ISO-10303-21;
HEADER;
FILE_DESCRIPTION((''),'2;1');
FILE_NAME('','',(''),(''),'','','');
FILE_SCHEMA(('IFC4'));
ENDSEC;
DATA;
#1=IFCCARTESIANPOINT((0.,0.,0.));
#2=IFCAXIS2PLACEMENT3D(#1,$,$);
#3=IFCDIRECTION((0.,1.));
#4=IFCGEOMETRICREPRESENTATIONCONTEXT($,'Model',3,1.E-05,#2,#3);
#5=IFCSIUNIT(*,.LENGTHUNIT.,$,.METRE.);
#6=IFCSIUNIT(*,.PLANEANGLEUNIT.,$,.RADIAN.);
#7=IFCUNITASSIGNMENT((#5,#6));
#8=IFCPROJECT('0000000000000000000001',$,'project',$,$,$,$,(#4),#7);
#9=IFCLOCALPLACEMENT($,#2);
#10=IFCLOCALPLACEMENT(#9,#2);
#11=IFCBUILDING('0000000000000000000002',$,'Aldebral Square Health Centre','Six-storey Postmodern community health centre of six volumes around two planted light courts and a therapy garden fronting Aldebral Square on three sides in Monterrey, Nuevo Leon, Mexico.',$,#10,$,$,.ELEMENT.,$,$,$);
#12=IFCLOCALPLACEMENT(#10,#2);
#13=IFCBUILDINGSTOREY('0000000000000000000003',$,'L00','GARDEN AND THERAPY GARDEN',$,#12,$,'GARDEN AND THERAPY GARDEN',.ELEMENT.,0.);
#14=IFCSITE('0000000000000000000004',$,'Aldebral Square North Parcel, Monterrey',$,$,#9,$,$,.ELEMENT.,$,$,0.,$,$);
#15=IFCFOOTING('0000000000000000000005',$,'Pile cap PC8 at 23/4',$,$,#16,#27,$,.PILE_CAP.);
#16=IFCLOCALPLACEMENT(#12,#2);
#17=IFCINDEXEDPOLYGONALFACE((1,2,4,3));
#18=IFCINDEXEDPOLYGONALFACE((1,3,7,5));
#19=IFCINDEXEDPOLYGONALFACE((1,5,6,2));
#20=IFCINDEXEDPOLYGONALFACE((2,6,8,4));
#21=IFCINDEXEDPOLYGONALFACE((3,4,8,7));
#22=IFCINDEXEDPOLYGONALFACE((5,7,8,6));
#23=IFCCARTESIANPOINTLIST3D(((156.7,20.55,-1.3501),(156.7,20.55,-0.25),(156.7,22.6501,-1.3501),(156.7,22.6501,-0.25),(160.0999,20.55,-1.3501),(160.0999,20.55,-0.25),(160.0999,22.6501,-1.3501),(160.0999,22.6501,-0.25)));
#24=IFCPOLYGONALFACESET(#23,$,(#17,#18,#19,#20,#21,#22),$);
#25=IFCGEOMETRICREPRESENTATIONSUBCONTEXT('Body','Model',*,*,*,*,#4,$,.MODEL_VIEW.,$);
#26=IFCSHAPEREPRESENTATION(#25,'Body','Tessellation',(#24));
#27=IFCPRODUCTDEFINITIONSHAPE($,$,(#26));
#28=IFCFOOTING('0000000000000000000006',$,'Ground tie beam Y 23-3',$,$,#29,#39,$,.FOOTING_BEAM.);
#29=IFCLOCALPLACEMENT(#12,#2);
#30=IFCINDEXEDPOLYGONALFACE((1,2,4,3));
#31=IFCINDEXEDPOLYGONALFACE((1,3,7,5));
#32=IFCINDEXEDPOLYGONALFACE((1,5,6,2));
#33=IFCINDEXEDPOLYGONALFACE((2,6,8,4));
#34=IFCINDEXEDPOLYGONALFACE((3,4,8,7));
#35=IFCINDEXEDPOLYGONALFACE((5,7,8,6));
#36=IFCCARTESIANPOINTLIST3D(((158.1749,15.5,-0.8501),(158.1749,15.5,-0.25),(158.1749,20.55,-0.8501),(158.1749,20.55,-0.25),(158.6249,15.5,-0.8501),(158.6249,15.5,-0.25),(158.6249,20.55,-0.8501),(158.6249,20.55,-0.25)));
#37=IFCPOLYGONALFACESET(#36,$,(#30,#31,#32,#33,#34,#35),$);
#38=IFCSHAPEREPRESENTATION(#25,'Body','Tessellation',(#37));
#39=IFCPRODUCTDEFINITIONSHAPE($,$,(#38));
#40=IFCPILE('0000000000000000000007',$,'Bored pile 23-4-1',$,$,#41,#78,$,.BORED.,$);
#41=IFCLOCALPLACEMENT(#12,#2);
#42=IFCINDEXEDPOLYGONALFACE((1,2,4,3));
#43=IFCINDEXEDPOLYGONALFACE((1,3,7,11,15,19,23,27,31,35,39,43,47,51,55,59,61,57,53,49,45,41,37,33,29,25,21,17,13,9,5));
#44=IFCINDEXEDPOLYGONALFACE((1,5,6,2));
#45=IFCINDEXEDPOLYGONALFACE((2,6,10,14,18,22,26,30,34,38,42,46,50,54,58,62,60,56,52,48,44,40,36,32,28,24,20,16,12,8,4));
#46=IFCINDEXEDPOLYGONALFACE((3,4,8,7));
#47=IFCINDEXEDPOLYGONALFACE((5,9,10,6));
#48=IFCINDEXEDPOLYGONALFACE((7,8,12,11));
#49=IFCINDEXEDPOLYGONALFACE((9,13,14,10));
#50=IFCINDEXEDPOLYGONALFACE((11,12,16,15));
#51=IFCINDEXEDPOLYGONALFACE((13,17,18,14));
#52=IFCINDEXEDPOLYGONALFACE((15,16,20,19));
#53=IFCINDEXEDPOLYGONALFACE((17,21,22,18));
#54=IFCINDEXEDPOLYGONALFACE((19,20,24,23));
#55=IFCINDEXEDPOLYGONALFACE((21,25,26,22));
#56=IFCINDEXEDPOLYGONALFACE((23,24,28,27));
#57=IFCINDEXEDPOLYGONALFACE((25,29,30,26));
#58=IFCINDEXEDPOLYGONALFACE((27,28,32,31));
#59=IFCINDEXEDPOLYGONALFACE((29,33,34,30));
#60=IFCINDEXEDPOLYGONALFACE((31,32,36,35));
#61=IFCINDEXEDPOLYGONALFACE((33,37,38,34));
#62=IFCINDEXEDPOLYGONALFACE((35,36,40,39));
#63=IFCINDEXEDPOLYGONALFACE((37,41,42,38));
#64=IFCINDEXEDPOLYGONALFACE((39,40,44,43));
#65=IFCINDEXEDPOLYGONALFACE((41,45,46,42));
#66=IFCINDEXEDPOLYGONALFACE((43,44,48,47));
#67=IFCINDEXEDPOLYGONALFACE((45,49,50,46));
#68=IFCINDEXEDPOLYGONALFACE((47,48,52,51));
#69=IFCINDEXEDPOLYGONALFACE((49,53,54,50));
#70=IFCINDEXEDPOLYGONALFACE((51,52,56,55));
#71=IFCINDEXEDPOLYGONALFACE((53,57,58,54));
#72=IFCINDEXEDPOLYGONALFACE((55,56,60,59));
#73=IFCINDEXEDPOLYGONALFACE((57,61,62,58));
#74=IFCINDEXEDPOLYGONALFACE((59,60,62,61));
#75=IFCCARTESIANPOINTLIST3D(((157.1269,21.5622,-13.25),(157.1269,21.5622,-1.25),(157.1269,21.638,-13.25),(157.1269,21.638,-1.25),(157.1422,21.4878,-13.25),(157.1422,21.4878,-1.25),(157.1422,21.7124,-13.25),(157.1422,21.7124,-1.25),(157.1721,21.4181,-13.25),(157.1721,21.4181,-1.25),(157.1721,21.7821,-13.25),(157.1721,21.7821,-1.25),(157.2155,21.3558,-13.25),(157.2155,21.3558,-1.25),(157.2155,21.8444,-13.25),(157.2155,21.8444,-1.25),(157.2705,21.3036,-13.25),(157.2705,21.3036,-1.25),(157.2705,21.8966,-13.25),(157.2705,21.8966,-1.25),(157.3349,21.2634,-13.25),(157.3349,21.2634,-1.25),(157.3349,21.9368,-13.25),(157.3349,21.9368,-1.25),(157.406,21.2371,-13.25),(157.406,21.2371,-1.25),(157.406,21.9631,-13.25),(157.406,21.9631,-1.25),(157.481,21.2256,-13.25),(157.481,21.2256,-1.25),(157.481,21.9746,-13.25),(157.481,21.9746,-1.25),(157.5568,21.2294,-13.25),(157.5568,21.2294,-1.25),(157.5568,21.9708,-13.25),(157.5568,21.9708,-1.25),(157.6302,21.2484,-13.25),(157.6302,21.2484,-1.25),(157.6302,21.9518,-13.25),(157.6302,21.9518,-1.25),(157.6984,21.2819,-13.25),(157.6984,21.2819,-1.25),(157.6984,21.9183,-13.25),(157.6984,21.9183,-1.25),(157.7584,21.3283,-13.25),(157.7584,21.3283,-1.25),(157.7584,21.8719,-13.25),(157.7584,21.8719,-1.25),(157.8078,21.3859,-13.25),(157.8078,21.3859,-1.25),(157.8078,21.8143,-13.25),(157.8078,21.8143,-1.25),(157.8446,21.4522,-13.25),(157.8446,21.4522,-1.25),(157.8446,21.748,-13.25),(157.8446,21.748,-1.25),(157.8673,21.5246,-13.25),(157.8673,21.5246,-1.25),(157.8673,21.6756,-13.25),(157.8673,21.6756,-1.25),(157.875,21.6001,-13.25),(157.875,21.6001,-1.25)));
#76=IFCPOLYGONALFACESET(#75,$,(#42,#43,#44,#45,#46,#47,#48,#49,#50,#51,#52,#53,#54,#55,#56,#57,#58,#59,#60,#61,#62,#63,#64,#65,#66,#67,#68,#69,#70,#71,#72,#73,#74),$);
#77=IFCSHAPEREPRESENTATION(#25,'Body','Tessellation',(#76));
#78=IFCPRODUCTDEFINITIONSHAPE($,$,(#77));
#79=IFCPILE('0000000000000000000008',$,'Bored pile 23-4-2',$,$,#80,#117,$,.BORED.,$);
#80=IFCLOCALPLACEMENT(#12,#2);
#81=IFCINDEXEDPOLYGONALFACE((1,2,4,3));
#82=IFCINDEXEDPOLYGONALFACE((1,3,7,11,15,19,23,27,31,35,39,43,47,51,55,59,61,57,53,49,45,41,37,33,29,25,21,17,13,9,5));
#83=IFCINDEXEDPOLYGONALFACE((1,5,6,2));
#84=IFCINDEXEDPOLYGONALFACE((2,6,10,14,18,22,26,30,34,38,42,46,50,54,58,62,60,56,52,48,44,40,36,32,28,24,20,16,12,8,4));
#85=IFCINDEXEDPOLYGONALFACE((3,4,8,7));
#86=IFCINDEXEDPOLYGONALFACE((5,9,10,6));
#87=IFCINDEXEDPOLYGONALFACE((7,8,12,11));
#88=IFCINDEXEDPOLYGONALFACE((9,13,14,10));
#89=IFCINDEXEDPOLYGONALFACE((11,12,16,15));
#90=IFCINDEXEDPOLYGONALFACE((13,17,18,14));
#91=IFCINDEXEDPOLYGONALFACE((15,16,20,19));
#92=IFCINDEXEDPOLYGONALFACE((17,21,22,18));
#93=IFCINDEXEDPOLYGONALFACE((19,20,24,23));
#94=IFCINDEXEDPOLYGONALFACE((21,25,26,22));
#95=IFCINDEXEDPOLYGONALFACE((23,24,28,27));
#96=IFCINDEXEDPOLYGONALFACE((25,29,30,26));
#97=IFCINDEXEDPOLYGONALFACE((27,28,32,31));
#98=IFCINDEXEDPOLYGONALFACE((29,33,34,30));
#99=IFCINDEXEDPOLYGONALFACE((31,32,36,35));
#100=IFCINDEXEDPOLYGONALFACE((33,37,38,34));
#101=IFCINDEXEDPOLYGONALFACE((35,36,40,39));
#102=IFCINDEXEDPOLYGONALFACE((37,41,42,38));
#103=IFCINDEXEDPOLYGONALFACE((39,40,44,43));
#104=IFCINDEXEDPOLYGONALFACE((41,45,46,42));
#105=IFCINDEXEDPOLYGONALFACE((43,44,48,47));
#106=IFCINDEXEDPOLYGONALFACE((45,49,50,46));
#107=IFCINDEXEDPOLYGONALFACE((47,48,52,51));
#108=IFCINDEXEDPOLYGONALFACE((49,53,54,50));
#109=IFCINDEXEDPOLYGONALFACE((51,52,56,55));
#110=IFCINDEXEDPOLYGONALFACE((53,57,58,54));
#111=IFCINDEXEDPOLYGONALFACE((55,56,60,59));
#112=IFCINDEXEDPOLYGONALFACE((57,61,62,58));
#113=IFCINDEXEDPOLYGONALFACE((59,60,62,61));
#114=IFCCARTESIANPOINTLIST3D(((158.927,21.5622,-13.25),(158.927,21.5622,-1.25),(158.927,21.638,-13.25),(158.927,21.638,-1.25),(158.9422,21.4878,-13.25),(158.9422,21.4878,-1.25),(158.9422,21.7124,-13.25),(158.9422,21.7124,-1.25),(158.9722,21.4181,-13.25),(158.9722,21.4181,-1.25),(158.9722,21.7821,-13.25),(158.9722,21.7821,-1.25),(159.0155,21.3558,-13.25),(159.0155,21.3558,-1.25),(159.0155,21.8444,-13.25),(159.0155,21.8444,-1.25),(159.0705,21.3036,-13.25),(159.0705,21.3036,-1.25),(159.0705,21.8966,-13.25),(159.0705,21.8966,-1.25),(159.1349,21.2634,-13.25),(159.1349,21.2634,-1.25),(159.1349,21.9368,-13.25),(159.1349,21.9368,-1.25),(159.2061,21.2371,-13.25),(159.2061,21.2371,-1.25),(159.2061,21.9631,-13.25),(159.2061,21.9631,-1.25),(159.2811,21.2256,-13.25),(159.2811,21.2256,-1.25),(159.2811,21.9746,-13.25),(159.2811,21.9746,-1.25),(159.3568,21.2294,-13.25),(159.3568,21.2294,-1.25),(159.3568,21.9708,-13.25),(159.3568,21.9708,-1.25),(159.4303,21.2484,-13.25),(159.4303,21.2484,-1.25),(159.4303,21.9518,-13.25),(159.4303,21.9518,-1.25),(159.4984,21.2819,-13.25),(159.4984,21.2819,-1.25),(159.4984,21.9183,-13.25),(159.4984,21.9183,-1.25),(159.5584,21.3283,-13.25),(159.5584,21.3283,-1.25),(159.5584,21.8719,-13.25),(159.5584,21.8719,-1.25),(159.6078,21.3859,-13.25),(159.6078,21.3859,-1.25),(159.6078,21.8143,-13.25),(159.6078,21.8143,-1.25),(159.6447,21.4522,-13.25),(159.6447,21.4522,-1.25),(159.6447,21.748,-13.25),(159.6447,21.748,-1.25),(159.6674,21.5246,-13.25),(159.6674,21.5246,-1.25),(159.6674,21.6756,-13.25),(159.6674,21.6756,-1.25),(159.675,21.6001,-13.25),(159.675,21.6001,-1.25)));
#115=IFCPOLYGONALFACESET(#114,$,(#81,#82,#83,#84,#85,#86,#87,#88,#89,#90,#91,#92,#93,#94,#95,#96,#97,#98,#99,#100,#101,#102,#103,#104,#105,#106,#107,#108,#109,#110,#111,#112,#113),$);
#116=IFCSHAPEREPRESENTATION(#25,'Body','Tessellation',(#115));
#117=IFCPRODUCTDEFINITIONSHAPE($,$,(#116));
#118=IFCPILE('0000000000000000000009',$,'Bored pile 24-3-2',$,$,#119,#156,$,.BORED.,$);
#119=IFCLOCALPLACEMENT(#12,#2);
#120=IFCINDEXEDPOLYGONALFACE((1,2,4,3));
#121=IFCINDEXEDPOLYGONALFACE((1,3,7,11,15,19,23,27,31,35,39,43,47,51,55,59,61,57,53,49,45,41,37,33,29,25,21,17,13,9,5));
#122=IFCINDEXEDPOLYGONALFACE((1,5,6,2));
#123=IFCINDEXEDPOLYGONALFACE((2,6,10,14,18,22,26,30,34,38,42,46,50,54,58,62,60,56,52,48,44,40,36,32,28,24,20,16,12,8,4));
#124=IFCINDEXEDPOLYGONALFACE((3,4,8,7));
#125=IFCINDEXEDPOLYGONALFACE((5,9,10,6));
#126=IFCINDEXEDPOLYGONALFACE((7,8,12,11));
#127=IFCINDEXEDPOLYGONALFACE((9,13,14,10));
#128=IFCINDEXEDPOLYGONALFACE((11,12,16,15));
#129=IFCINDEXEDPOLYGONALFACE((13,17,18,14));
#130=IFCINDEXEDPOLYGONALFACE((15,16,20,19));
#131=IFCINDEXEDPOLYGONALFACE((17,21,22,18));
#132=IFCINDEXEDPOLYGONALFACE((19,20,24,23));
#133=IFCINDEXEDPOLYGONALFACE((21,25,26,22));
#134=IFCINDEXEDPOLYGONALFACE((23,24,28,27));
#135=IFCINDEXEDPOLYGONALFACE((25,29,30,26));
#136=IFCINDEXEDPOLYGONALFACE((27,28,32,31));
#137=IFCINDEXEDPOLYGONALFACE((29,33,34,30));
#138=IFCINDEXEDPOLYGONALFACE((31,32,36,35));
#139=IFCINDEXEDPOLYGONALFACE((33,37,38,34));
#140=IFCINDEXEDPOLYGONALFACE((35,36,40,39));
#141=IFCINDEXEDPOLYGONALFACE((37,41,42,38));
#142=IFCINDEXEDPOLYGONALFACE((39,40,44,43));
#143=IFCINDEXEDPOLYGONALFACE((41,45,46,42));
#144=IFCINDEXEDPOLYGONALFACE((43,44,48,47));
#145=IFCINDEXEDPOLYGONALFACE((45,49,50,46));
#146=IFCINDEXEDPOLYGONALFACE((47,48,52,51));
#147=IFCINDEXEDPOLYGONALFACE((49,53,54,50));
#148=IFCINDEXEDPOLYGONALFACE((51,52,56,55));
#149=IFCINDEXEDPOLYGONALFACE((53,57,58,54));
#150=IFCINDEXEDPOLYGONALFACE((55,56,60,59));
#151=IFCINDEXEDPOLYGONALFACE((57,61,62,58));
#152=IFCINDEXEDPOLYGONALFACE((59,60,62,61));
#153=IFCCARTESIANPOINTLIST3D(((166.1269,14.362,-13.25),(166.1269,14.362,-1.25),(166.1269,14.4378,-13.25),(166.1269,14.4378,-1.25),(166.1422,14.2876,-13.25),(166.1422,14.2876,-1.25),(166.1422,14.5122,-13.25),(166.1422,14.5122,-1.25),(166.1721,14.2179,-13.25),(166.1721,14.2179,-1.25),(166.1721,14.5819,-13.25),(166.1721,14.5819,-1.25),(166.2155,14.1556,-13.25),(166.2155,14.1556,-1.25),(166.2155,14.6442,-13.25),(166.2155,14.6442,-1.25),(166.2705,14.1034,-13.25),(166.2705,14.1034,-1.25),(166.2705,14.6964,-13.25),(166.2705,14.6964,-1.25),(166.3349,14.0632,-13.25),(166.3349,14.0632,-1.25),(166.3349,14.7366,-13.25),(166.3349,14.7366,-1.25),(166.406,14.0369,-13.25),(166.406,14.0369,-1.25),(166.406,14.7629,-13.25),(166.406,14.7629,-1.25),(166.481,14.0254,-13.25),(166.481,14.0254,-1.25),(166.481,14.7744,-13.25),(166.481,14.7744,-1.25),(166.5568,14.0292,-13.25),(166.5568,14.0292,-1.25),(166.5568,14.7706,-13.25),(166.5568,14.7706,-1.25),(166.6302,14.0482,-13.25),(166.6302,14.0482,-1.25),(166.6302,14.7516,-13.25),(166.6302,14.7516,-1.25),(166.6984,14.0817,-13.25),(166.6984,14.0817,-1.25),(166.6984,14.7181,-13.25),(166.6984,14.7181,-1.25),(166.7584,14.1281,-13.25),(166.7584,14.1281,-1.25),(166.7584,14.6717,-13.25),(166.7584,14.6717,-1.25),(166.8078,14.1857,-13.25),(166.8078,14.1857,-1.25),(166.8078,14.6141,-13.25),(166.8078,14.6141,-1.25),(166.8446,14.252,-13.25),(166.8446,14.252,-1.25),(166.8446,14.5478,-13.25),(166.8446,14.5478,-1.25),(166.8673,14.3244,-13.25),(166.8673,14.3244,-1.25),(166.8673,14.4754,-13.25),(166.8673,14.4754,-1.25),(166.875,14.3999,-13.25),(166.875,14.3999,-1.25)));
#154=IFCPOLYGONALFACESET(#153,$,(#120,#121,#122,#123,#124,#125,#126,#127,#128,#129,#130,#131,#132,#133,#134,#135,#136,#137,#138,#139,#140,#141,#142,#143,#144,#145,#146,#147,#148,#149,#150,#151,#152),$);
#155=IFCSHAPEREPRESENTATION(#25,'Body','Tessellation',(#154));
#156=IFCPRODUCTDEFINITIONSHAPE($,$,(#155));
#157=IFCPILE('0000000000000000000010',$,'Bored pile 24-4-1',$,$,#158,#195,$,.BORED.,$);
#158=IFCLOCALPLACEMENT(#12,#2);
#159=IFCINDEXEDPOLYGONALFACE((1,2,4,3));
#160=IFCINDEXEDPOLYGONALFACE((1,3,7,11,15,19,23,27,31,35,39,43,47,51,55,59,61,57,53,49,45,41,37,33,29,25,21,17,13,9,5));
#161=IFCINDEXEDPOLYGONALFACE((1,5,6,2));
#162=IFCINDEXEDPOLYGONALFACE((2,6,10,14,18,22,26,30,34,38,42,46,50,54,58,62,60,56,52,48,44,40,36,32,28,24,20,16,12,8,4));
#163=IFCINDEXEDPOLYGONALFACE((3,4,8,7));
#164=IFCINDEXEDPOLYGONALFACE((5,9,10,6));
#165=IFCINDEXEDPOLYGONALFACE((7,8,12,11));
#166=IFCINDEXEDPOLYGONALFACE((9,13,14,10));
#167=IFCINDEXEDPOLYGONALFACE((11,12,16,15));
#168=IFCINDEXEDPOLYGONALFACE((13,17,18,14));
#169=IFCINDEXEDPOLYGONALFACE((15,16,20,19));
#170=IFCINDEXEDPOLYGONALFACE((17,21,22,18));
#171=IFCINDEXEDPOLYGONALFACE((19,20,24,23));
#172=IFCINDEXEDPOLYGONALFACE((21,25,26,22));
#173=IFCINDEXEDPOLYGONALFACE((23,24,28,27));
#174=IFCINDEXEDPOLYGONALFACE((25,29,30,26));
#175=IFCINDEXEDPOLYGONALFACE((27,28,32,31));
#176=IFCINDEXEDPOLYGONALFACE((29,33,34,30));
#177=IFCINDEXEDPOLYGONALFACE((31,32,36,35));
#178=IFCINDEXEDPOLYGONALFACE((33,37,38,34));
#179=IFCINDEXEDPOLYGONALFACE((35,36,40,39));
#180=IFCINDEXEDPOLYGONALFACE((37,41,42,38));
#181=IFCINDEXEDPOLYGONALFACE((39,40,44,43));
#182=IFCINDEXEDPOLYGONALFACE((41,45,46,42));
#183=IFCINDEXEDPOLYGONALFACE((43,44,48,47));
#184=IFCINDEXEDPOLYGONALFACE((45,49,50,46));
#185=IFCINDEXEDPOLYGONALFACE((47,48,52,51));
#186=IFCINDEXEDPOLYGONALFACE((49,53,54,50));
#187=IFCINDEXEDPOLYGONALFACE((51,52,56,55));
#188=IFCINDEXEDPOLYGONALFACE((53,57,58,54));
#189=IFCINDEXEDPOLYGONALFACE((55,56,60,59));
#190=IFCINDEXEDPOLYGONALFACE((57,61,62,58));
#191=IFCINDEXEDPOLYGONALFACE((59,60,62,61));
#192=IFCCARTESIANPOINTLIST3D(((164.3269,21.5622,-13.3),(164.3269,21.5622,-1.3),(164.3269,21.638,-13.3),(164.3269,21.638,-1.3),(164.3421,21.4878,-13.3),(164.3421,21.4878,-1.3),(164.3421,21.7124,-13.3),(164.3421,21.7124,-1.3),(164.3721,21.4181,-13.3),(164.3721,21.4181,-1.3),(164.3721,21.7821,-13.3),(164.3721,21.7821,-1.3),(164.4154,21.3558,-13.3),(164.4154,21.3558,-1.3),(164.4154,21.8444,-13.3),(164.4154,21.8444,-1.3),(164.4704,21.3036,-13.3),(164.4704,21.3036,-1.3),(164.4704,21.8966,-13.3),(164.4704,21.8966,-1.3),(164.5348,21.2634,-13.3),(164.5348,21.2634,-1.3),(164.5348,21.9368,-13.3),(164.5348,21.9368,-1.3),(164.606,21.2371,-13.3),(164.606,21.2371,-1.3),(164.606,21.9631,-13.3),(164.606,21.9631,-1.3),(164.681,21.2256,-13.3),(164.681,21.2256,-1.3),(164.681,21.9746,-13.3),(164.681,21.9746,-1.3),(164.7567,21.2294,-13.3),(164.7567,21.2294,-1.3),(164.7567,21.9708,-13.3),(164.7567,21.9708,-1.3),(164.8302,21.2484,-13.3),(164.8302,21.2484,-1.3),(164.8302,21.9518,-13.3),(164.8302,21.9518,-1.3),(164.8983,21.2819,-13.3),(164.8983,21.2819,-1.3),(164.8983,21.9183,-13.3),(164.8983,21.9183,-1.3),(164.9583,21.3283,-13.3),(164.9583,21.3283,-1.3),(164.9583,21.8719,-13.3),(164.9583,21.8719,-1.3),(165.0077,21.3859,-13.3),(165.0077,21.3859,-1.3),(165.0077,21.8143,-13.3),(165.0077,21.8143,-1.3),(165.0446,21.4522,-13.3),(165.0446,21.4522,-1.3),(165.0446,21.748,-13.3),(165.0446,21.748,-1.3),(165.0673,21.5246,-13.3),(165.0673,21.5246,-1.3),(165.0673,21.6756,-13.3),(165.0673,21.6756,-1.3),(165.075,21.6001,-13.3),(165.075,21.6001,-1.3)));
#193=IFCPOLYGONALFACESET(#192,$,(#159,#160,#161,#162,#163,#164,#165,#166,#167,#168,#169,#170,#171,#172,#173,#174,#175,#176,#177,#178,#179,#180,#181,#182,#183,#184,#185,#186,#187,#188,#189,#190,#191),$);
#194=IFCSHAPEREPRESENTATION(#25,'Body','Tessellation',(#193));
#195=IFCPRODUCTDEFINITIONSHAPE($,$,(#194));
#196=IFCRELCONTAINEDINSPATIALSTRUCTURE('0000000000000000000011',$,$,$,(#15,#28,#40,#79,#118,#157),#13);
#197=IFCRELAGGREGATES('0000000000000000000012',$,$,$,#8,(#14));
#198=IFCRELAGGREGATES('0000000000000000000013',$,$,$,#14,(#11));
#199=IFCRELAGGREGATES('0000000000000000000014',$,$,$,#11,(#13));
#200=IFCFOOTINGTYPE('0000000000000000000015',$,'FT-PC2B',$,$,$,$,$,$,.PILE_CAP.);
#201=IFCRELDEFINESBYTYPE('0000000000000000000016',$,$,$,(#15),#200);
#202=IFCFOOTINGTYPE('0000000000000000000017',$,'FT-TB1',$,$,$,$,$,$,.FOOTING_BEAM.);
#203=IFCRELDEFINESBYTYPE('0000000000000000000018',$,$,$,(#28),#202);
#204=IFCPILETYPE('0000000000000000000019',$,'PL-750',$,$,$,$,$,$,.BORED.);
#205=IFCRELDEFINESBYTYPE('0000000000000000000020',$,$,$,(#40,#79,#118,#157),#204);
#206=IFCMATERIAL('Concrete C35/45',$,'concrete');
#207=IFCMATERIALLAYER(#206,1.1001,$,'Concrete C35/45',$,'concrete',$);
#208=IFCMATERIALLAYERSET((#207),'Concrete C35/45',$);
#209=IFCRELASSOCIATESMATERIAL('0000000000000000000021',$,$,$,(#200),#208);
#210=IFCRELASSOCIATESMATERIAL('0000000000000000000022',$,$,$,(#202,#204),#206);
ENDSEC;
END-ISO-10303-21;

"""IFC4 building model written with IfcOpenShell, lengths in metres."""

from ifc_helpers import new_model, si_unit, direction, frame, origin, origin_2d, place, context, subcontext, project, spatial, rectangle, circle, extrude, material, layer, layer_set, material_profile, profile_set, type_object, element, save


model = new_model("IFC4")

# Units and contexts
model_context = context("Model", 3, precision=1e-05, world=origin(), true_north=direction((0.0, 1.0)))
body_context = subcontext(model_context, "Body", "Model", "MODEL_VIEW")
ifc_project = project(units=[si_unit("LENGTHUNIT", "METRE"), si_unit("PLANEANGLEUNIT", "RADIAN")], contexts=[model_context])

# Site, building, storey
site_placement = place(None, origin())
site = spatial("IfcSite", under=ifc_project, at=site_placement, Name="Aldebral Square North Parcel, Monterrey", CompositionType="ELEMENT", RefElevation=0.0)
building_placement = place(site_placement, origin())
building = spatial("IfcBuilding", under=site, at=building_placement, Name="Aldebral Square Health Centre", Description="Six-storey Postmodern community health centre of six volumes around two planted light courts and a therapy garden fronting Aldebral Square on three sides in Monterrey, Nuevo Leon, Mexico.", CompositionType="ELEMENT")
storey_placement = place(building_placement, origin())
storey = spatial("IfcBuildingStorey", under=building, at=storey_placement, Name="L00", Description="GARDEN AND THERAPY GARDEN", LongName="GARDEN AND THERAPY GARDEN", CompositionType="ELEMENT", Elevation=0.0)

# Footings
ifc_material_1 = material(Name="Concrete C35/45", Category="concrete")
ifc_layer_1 = layer(ifc_material_1, 1.1001, Name="Concrete C35/45", Category="concrete")
ifc_layer_set_1 = layer_set([ifc_layer_1], Name="Concrete C35/45")
footing_type_1 = type_object("IfcFootingType", Name="FT-PC2B", PredefinedType="PILE_CAP", material=ifc_layer_set_1)
footing_1_placement = place(storey_placement, frame((158.3999, 21.6001, -1.3501), z_axis=(0.0, 0.0, 1.0), x_axis=(1.0, 0.0, 0.0)))
element("IfcFooting", 1, at=footing_1_placement, inside=storey, type_object=footing_type_1, Name="Pile cap PC8 at 23/4", PredefinedType="PILE_CAP", context=body_context, shape_type="SweptSolid", body=[
    extrude(rectangle(XDim=3.3999, YDim=2.1001, at=origin_2d()), origin(), (0.0, 0.0, 1.0), 1.1001),
])
ifc_material_profile_1 = material_profile(ifc_material_1, rectangle(XDim=0.45, YDim=0.6001, at=origin_2d()), Name="RC 450x600")
ifc_profile_set_1 = profile_set([ifc_material_profile_1], Name="Concrete C35/45")
footing_type_2 = type_object("IfcFootingType", Name="FT-TB1", PredefinedType="FOOTING_BEAM", material=ifc_profile_set_1)
footing_2_placement = place(storey_placement, frame((158.3999, 15.5, -0.55), z_axis=(0.0, 1.0, 0.0), x_axis=(-1.0, 0.0, 0.0)))
element("IfcFooting", 2, at=footing_2_placement, inside=storey, type_object=footing_type_2, Name="Ground tie beam Y 23-3", PredefinedType="FOOTING_BEAM", context=body_context, shape_type="SweptSolid", body=[
    extrude(rectangle(XDim=0.45, YDim=0.6001, at=origin_2d()), origin(), (0.0, 0.0, 1.0), 5.05),
])

# Piles
ifc_material_profile_2 = material_profile(ifc_material_1, circle(Radius=0.375, at=origin_2d()), Name="PILE D750")
ifc_profile_set_2 = profile_set([ifc_material_profile_2], Name="Concrete C35/45")
pile_type = type_object("IfcPileType", Name="PL-750", PredefinedType="BORED", material=ifc_profile_set_2)
for number, where, z_axis, x_axis, name in (
    (3, (157.5, 21.6001, -1.25), (0.0, 0.0, -1.0), (1.0, 0.0, 0.0), "Bored pile 23-4-1"),
    (4, (159.3, 21.6001, -1.25), (0.0, 0.0, -1.0), (1.0, 0.0, 0.0), "Bored pile 23-4-2"),
    (5, (166.5, 14.3999, -1.25), (0.0, 0.0, -1.0), (1.0, 0.0, 0.0), "Bored pile 24-3-2"),
    (6, (164.7, 21.6001, -1.3), (0.0, 0.0, -1.0), (1.0, 0.0, 0.0), "Bored pile 24-4-1"),
):
    element("IfcPile", number, at=place(storey_placement, frame(where, z_axis=z_axis, x_axis=x_axis)), inside=storey, type_object=pile_type, Name=name, PredefinedType="BORED", context=body_context, shape_type="SweptSolid", body=[
        extrude(circle(Radius=0.375, at=origin_2d()), origin(), (0.0, 0.0, 1.0), 12.0),
    ])

save(model, "model.ifc")
